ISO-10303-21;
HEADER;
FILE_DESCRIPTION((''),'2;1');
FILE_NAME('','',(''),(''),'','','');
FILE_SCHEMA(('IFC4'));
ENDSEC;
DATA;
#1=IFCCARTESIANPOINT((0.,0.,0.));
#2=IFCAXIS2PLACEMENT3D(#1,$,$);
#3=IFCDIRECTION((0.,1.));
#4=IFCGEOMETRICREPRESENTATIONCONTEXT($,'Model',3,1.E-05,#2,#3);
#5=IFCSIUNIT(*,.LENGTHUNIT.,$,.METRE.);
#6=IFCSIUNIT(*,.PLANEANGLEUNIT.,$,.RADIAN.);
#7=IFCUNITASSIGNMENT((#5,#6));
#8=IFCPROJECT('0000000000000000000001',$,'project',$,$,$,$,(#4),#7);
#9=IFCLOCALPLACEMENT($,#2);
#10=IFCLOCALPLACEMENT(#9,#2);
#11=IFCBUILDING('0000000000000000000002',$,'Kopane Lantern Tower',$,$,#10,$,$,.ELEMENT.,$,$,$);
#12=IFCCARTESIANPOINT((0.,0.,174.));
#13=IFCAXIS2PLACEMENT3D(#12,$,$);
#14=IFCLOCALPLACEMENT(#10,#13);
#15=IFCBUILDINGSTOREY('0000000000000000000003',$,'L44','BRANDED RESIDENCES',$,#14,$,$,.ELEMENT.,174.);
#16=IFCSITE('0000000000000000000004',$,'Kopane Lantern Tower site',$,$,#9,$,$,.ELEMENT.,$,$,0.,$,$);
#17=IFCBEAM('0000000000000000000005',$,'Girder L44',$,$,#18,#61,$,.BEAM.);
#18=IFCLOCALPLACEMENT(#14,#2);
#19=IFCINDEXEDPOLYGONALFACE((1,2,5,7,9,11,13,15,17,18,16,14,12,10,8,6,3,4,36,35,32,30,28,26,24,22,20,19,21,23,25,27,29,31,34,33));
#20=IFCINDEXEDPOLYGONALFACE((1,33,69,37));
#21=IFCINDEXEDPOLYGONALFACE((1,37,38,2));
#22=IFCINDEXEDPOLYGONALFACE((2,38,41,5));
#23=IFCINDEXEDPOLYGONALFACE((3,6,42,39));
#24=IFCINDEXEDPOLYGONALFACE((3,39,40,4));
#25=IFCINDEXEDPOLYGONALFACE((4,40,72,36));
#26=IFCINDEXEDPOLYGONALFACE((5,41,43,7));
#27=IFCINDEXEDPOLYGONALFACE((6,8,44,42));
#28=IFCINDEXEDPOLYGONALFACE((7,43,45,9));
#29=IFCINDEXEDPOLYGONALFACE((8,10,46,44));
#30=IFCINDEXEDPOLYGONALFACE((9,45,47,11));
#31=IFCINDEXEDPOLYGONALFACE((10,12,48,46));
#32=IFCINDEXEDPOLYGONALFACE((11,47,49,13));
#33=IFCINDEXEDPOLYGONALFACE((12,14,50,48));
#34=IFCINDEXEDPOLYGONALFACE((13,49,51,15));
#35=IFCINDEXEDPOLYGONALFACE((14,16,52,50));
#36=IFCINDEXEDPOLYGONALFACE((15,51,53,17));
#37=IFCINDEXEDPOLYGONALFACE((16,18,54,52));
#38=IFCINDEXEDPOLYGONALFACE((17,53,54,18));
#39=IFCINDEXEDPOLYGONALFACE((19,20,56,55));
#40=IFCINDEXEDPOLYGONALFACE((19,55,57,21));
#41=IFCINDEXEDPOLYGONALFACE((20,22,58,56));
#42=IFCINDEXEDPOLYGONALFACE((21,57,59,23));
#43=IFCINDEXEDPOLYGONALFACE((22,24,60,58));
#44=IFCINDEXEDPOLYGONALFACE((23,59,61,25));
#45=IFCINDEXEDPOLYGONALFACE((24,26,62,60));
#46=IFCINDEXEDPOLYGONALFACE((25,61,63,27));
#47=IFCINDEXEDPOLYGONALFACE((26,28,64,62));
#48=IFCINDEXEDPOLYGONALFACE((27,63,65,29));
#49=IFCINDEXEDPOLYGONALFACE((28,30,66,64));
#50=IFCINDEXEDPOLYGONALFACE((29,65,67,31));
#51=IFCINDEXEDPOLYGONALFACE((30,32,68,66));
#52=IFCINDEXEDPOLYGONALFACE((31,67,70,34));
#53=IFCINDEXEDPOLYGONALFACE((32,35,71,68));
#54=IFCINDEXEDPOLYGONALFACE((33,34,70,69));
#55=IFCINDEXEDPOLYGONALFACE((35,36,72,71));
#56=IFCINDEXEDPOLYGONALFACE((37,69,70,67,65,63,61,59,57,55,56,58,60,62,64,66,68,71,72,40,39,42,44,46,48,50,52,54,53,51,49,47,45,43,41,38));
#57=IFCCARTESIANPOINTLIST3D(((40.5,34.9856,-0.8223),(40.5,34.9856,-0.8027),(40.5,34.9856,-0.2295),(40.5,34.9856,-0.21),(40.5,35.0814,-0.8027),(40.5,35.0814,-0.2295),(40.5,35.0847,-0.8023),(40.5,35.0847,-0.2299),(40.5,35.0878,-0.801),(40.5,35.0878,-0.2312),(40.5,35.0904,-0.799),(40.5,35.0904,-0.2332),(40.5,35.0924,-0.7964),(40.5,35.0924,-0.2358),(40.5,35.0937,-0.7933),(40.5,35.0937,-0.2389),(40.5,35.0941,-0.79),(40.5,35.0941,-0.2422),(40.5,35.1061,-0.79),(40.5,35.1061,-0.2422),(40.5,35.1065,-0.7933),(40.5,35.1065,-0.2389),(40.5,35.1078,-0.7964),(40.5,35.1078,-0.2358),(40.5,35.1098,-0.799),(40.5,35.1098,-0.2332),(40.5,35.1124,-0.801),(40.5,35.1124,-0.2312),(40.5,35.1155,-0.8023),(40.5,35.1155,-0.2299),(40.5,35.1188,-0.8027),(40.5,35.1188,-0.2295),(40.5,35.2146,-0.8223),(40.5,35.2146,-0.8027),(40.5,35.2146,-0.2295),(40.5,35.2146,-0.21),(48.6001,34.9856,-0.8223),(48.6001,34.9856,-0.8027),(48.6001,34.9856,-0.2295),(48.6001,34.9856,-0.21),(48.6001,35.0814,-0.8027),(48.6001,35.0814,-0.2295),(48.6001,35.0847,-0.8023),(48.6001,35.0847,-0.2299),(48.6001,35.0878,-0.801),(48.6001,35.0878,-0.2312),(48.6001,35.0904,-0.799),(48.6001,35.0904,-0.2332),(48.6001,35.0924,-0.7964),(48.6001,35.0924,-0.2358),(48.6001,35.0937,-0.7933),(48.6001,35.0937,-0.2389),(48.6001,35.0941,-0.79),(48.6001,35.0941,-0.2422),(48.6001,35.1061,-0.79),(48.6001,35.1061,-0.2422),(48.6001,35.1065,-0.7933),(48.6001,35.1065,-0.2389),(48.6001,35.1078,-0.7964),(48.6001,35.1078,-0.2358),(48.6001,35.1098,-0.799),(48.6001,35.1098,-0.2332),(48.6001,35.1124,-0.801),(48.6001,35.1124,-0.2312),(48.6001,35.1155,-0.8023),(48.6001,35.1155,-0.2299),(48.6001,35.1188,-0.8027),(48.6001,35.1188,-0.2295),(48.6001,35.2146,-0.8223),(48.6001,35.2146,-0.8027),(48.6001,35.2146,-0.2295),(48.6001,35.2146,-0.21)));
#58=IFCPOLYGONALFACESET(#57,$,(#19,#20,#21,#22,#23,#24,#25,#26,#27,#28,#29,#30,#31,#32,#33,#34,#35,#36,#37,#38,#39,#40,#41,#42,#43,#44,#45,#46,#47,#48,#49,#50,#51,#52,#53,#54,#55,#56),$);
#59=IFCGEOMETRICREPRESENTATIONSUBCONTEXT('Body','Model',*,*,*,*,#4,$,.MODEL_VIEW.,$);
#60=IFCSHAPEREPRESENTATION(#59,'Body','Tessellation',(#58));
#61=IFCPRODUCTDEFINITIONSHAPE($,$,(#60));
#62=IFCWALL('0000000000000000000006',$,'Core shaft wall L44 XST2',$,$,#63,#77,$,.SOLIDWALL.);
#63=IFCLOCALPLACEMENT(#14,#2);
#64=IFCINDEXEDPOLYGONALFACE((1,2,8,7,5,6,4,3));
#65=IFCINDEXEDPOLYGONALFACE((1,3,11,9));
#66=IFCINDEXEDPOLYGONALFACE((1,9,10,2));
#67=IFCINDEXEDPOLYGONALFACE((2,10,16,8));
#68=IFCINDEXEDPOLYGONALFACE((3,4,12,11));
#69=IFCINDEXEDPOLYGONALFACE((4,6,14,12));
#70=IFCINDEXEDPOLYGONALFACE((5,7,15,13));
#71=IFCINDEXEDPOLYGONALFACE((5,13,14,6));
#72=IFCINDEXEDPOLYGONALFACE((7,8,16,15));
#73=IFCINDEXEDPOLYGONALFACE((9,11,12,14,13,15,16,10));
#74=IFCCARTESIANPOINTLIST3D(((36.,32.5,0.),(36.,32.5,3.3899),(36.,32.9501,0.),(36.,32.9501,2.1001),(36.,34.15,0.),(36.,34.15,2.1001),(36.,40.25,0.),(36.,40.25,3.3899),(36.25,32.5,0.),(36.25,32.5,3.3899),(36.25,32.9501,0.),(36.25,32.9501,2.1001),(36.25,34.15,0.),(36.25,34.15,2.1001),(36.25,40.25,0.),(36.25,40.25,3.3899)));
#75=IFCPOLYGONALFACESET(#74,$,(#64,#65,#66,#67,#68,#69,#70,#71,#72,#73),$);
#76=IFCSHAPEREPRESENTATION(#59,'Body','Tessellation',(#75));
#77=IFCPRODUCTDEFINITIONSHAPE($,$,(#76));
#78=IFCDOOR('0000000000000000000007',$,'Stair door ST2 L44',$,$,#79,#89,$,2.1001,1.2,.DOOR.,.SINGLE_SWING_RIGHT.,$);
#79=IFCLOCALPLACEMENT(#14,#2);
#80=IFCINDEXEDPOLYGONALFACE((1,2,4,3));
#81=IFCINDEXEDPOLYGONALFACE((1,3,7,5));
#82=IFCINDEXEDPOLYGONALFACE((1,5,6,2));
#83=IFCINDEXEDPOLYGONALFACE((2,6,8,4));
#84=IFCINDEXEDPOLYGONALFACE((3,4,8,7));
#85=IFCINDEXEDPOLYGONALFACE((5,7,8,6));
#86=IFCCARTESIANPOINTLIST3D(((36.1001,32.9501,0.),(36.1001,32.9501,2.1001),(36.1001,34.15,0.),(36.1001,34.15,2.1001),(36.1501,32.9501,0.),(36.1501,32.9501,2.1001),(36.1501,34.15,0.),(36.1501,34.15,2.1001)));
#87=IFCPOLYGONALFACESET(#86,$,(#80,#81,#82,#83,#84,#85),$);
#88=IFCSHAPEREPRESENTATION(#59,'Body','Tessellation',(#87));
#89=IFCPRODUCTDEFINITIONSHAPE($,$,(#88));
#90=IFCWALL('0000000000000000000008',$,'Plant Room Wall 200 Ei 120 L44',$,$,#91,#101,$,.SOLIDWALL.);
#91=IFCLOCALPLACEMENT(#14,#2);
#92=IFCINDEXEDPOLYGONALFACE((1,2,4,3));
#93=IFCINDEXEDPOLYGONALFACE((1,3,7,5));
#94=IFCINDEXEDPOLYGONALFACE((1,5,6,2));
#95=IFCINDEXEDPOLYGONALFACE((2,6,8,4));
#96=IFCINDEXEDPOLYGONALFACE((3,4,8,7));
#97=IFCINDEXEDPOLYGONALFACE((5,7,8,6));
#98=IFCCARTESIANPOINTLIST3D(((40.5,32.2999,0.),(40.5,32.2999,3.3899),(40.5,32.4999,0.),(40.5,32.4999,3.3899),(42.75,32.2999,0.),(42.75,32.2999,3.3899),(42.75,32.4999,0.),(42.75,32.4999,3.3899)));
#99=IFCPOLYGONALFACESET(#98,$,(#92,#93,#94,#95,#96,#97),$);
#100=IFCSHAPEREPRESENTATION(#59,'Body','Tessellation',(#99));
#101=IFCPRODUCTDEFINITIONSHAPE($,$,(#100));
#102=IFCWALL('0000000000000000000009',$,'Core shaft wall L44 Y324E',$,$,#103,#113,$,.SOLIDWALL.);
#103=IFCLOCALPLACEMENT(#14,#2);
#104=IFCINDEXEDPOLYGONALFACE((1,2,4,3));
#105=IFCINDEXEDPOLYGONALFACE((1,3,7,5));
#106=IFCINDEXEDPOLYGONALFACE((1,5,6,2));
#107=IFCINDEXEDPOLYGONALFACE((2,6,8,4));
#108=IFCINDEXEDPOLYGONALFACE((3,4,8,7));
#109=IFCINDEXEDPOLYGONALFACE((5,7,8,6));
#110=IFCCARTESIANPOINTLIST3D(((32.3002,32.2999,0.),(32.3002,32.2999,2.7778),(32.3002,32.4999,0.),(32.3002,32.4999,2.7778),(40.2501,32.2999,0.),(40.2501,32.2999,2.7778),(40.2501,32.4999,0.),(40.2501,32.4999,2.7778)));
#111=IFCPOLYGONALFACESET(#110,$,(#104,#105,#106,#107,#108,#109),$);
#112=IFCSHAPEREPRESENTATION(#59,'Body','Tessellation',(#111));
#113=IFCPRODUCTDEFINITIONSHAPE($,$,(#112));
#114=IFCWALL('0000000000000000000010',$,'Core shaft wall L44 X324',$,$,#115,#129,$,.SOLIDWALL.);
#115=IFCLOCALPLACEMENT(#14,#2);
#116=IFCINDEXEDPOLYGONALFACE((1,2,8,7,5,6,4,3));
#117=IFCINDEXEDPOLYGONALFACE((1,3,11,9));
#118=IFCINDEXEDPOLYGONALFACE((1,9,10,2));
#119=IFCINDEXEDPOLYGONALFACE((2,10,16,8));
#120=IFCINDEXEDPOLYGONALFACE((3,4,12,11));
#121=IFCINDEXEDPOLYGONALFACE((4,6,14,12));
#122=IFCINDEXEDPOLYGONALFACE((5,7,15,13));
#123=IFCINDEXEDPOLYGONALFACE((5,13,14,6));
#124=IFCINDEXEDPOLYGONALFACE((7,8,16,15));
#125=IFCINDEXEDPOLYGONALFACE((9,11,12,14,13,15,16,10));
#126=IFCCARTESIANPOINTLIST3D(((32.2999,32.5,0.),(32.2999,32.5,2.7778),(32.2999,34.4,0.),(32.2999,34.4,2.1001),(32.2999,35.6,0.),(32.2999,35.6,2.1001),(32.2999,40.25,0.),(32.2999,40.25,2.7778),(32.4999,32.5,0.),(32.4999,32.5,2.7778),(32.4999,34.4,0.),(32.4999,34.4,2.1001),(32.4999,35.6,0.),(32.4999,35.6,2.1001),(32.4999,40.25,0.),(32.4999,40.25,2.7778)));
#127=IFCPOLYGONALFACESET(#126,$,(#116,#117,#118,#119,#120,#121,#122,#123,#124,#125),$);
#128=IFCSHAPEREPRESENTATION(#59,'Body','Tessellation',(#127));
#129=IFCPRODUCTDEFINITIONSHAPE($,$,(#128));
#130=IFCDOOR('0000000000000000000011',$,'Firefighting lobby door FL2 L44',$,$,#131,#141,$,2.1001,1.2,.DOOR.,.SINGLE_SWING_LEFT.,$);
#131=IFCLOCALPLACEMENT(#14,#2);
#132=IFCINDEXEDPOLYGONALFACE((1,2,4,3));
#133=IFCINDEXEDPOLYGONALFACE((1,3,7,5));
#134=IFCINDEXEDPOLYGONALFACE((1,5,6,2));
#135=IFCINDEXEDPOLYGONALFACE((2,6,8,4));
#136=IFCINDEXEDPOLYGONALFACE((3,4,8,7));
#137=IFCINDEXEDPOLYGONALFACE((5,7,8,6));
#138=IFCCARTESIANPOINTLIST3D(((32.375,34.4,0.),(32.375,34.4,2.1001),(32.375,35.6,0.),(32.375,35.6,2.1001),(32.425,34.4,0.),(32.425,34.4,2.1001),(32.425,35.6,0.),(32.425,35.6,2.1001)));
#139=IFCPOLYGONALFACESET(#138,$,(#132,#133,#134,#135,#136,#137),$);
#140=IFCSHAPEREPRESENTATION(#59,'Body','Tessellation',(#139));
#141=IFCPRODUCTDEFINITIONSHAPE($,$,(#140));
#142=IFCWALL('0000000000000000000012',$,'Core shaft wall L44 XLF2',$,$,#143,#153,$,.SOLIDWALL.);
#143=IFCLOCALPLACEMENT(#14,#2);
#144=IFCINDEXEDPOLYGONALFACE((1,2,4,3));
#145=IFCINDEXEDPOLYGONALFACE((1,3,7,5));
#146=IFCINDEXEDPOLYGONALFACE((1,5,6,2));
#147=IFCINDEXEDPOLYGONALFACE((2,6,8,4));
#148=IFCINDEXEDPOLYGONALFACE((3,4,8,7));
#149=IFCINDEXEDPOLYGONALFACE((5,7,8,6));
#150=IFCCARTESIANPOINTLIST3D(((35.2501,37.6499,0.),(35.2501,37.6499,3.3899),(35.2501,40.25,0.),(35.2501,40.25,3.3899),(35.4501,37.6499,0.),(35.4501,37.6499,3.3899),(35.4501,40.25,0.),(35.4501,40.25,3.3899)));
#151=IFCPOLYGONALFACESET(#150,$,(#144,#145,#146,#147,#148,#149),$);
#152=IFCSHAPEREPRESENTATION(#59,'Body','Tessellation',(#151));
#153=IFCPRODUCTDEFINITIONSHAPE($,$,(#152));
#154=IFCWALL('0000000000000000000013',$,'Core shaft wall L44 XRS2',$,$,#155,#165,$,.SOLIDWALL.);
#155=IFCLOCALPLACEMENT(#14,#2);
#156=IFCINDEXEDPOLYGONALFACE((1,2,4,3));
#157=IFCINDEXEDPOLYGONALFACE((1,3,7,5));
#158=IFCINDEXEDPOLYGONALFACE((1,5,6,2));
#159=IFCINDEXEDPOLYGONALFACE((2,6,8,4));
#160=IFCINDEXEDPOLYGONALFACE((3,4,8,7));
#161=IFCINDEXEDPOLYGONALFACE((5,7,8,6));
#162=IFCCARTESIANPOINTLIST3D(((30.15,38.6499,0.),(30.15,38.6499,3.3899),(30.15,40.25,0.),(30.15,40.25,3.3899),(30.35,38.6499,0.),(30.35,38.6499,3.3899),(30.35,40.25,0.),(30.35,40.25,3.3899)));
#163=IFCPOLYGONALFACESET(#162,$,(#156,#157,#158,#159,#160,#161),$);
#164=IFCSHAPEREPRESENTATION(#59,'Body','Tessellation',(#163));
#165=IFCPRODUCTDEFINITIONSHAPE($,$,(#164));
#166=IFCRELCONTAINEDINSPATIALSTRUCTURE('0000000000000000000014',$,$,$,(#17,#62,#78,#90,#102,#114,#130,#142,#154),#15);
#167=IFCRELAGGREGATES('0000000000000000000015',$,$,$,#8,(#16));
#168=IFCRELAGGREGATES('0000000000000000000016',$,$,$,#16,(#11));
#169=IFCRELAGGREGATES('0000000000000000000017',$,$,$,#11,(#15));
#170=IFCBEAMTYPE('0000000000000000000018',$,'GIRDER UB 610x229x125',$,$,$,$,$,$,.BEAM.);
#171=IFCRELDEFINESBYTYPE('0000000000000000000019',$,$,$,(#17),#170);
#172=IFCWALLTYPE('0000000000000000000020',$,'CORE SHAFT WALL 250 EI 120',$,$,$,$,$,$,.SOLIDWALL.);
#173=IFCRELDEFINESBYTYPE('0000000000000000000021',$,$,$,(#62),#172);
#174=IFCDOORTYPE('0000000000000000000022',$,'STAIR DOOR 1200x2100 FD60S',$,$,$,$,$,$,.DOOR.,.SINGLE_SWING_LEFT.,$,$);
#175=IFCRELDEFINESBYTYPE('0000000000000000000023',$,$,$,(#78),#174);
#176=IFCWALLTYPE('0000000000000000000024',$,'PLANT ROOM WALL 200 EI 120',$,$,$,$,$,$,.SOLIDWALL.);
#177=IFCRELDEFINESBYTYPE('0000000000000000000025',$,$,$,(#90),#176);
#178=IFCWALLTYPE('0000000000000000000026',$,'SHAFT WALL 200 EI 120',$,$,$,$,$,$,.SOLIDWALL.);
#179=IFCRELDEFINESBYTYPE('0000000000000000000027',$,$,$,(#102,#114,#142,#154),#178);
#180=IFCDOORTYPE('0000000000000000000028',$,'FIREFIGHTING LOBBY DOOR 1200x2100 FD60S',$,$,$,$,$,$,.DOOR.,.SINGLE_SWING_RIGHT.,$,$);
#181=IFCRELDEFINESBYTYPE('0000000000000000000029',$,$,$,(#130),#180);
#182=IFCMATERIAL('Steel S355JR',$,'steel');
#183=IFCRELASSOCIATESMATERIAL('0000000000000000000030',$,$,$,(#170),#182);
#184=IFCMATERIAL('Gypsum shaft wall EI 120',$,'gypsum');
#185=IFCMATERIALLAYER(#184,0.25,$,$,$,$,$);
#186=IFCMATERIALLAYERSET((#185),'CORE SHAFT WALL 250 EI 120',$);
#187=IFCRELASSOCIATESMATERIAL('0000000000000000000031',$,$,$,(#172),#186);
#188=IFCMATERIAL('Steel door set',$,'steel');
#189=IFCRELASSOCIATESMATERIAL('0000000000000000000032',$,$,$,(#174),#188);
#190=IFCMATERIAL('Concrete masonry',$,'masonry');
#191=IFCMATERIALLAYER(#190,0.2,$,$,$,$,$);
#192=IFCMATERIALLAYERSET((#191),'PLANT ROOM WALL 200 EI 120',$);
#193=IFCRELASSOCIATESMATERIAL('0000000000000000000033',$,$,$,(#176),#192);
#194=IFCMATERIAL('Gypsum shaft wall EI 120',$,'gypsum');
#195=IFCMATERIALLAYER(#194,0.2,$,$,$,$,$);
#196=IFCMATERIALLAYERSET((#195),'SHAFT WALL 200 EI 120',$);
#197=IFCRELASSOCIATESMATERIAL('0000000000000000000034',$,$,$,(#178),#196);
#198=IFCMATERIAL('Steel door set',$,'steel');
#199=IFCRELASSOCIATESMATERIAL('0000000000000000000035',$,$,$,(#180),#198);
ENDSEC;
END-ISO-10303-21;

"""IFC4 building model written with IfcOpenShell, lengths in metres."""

from ifc_helpers import new_model, si_unit, direction, frame, frame_2d, origin, origin_2d, place, context, subcontext, project, spatial, rectangle, i_section, extrude, material, layer, layer_set, material_profile, profile_set, type_object, element, fill, save


model = new_model("IFC4")

# Units and contexts
model_context = context("Model", 3, precision=1e-05, world=origin(), true_north=direction((0.0, 1.0)))
body_context = subcontext(model_context, "Body", "Model", "MODEL_VIEW")
ifc_project = project(units=[si_unit("LENGTHUNIT", "METRE"), si_unit("PLANEANGLEUNIT", "RADIAN")], contexts=[model_context])

# Site, building, storey
site_placement = place(None, origin())
site = spatial("IfcSite", under=ifc_project, at=site_placement, Name="Kopane Lantern Tower site", CompositionType="ELEMENT", RefElevation=0.0)
building_placement = place(site_placement, origin())
building = spatial("IfcBuilding", under=site, at=building_placement, Name="Kopane Lantern Tower", CompositionType="ELEMENT")
storey_placement = place(building_placement, frame((0.0, 0.0, 174.0)))
storey = spatial("IfcBuildingStorey", under=building, at=storey_placement, Name="L44", Description="BRANDED RESIDENCES", CompositionType="ELEMENT", Elevation=174.0)

# Beam
ifc_material_1 = material(Name="Steel S355JR", Category="steel")
ifc_material_profile_1 = material_profile(ifc_material_1, i_section(OverallWidth=0.229, OverallDepth=0.6123, WebThickness=0.012, FlangeThickness=0.0195, FilletRadius=0.0127, at=origin_2d()), Name="UB 610x229x125")
ifc_profile_set_1 = profile_set([ifc_material_profile_1], Name="Steel S355JR")
beam_type_1 = type_object("IfcBeamType", Name="GIRDER UB 610x229x125", PredefinedType="BEAM", material=ifc_profile_set_1)
for number, where, z_axis, x_axis, name in (
    (1, (40.5, 35.1001, -0.5161), (1.0, 0.0, 0.0), (0.0, 1.0, 0.0), "Girder L44"),
):
    element("IfcBeam", number, at=place(storey_placement, frame(where, z_axis=z_axis, x_axis=x_axis)), inside=storey, type_object=beam_type_1, Name=name, PredefinedType="BEAM", context=body_context, shape_type="SweptSolid", body=[
        extrude(i_section(OverallWidth=0.229, OverallDepth=0.6123, WebThickness=0.012, FlangeThickness=0.0195, FilletRadius=0.0127, at=origin_2d()), origin(), (0.0, 0.0, 1.0), 8.1001),
    ])

# Wall, opening, door
ifc_material_2 = material(Name="Gypsum shaft wall EI 120", Category="gypsum")
ifc_layer_1 = layer(ifc_material_2, 0.25)
ifc_layer_set_1 = layer_set([ifc_layer_1], Name="CORE SHAFT WALL 250 EI 120")
wall_type_1 = type_object("IfcWallType", Name="CORE SHAFT WALL 250 EI 120", PredefinedType="SOLIDWALL", material=ifc_layer_set_1)
wall_1_placement = place(storey_placement, frame((36.125, 32.5, 0.0), z_axis=(0.0, 0.0, 1.0), x_axis=(0.0, 1.0, 0.0)))
wall_1 = element("IfcWall", 2, at=wall_1_placement, inside=storey, type_object=wall_type_1, Name="Core shaft wall L44 XST2", PredefinedType="SOLIDWALL", context=body_context, shape_type="SweptSolid", body=[
    extrude(rectangle(XDim=7.75, YDim=0.25, at=frame_2d((3.875, 0.0))), origin(), (0.0, 0.0, 1.0), 3.3899),
])
opening_1_placement = place(wall_1_placement, frame((0.45, 0.0, 0.0)))
opening_1 = element("IfcOpeningElement", 3, at=opening_1_placement, cuts=wall_1, PredefinedType="OPENING", context=body_context, shape_type="SweptSolid", body=[
    extrude(rectangle(XDim=1.2, YDim=2.1001, at=frame_2d((0.6001, 1.05))), frame((0.0, 0.135, 0.0), z_axis=(0.0, -1.0, 0.0), x_axis=(1.0, 0.0, 0.0)), (0.0, 0.0, 1.0), 0.27),
])
ifc_material_3 = material(Name="Steel door set", Category="steel")
door_type_1 = type_object("IfcDoorType", Name="STAIR DOOR 1200x2100 FD60S", OperationType="SINGLE_SWING_LEFT", PredefinedType="DOOR", material=ifc_material_3)
door_1_placement = place(opening_1_placement, origin())
door_1 = element("IfcDoor", 4, at=door_1_placement, inside=storey, type_object=door_type_1, Name="Stair door ST2 L44", OperationType="SINGLE_SWING_RIGHT", OverallHeight=2.1001, OverallWidth=1.2, PredefinedType="DOOR", context=body_context, shape_type="SweptSolid", body=[
    extrude(rectangle(XDim=1.2, YDim=2.1001, at=frame_2d((0.6001, 1.05))), frame((0.0, 0.0249, 0.0), z_axis=(0.0, -1.0, 0.0), x_axis=(1.0, 0.0, 0.0)), (0.0, 0.0, 1.0), 0.05),
])
fill(opening_1, door_1)

# Walls
ifc_material_4 = material(Name="Concrete masonry", Category="masonry")
ifc_layer_2 = layer(ifc_material_4, 0.2)
ifc_layer_set_2 = layer_set([ifc_layer_2], Name="PLANT ROOM WALL 200 EI 120")
wall_type_2 = type_object("IfcWallType", Name="PLANT ROOM WALL 200 EI 120", PredefinedType="SOLIDWALL", material=ifc_layer_set_2)
wall_2_placement = place(storey_placement, frame((40.5, 32.3999, 0.0), z_axis=(0.0, 0.0, 1.0), x_axis=(1.0, 0.0, 0.0)))
element("IfcWall", 5, at=wall_2_placement, inside=storey, type_object=wall_type_2, Name="Plant Room Wall 200 Ei 120 L44", PredefinedType="SOLIDWALL", context=body_context, shape_type="SweptSolid", body=[
    extrude(rectangle(XDim=2.25, YDim=0.2, at=frame_2d((1.125, 0.0))), origin(), (0.0, 0.0, 1.0), 3.3899),
])
ifc_material_5 = material(Name="Gypsum shaft wall EI 120", Category="gypsum")
ifc_layer_3 = layer(ifc_material_5, 0.2)
ifc_layer_set_3 = layer_set([ifc_layer_3], Name="SHAFT WALL 200 EI 120")
wall_type_3 = type_object("IfcWallType", Name="SHAFT WALL 200 EI 120", PredefinedType="SOLIDWALL", material=ifc_layer_set_3)
wall_3_placement = place(storey_placement, frame((32.3, 32.3999, 0.0), z_axis=(0.0, 0.0, 1.0), x_axis=(1.0, 0.0, 0.0)))
element("IfcWall", 6, at=wall_3_placement, inside=storey, type_object=wall_type_3, Name="Core shaft wall L44 Y324E", PredefinedType="SOLIDWALL", context=body_context, shape_type="SweptSolid", body=[
    extrude(rectangle(XDim=7.95, YDim=0.2, at=frame_2d((3.9751, 0.0))), origin(), (0.0, 0.0, 1.0), 2.7778),
])

# Wall, opening, door
wall_4_placement = place(storey_placement, frame((32.3999, 32.5, 0.0), z_axis=(0.0, 0.0, 1.0), x_axis=(0.0, 1.0, 0.0)))
wall_4 = element("IfcWall", 7, at=wall_4_placement, inside=storey, type_object=wall_type_3, Name="Core shaft wall L44 X324", PredefinedType="SOLIDWALL", context=body_context, shape_type="SweptSolid", body=[
    extrude(rectangle(XDim=7.75, YDim=0.2, at=frame_2d((3.875, 0.0))), origin(), (0.0, 0.0, 1.0), 2.7778),
])
opening_2_placement = place(wall_4_placement, frame((1.8999, 0.0, 0.0)))
opening_2 = element("IfcOpeningElement", 8, at=opening_2_placement, cuts=wall_4, PredefinedType="OPENING", context=body_context, shape_type="SweptSolid", body=[
    extrude(rectangle(XDim=1.2, YDim=2.1001, at=frame_2d((0.6001, 1.05))), frame((0.0, 0.1099, 0.0), z_axis=(0.0, -1.0, 0.0), x_axis=(1.0, 0.0, 0.0)), (0.0, 0.0, 1.0), 0.22),
])
ifc_material_6 = material(Name="Steel door set", Category="steel")
door_type_2 = type_object("IfcDoorType", Name="FIREFIGHTING LOBBY DOOR 1200x2100 FD60S", OperationType="SINGLE_SWING_RIGHT", PredefinedType="DOOR", material=ifc_material_6)
door_2_placement = place(opening_2_placement, origin())
door_2 = element("IfcDoor", 9, at=door_2_placement, inside=storey, type_object=door_type_2, Name="Firefighting lobby door FL2 L44", OperationType="SINGLE_SWING_LEFT", OverallHeight=2.1001, OverallWidth=1.2, PredefinedType="DOOR", context=body_context, shape_type="SweptSolid", body=[
    extrude(rectangle(XDim=1.2, YDim=2.1001, at=frame_2d((0.6001, 1.05))), frame((0.0, 0.0249, 0.0), z_axis=(0.0, -1.0, 0.0), x_axis=(1.0, 0.0, 0.0)), (0.0, 0.0, 1.0), 0.05),
])
fill(opening_2, door_2)

# Walls
wall_5_placement = place(storey_placement, frame((35.3501, 37.6499, 0.0), z_axis=(0.0, 0.0, 1.0), x_axis=(0.0, 1.0, 0.0)))
element("IfcWall", 10, at=wall_5_placement, inside=storey, type_object=wall_type_3, Name="Core shaft wall L44 XLF2", PredefinedType="SOLIDWALL", context=body_context, shape_type="SweptSolid", body=[
    extrude(rectangle(XDim=2.6001, YDim=0.2, at=frame_2d((1.3, 0.0))), origin(), (0.0, 0.0, 1.0), 3.3899),
])
wall_6_placement = place(storey_placement, frame((30.25, 38.6499, 0.0), z_axis=(0.0, 0.0, 1.0), x_axis=(0.0, 1.0, 0.0)))
element("IfcWall", 11, at=wall_6_placement, inside=storey, type_object=wall_type_3, Name="Core shaft wall L44 XRS2", PredefinedType="SOLIDWALL", context=body_context, shape_type="SweptSolid", body=[
    extrude(rectangle(XDim=1.6001, YDim=0.2, at=frame_2d((0.8, 0.0))), origin(), (0.0, 0.0, 1.0), 3.3899),
])

save(model, "model.ifc")
